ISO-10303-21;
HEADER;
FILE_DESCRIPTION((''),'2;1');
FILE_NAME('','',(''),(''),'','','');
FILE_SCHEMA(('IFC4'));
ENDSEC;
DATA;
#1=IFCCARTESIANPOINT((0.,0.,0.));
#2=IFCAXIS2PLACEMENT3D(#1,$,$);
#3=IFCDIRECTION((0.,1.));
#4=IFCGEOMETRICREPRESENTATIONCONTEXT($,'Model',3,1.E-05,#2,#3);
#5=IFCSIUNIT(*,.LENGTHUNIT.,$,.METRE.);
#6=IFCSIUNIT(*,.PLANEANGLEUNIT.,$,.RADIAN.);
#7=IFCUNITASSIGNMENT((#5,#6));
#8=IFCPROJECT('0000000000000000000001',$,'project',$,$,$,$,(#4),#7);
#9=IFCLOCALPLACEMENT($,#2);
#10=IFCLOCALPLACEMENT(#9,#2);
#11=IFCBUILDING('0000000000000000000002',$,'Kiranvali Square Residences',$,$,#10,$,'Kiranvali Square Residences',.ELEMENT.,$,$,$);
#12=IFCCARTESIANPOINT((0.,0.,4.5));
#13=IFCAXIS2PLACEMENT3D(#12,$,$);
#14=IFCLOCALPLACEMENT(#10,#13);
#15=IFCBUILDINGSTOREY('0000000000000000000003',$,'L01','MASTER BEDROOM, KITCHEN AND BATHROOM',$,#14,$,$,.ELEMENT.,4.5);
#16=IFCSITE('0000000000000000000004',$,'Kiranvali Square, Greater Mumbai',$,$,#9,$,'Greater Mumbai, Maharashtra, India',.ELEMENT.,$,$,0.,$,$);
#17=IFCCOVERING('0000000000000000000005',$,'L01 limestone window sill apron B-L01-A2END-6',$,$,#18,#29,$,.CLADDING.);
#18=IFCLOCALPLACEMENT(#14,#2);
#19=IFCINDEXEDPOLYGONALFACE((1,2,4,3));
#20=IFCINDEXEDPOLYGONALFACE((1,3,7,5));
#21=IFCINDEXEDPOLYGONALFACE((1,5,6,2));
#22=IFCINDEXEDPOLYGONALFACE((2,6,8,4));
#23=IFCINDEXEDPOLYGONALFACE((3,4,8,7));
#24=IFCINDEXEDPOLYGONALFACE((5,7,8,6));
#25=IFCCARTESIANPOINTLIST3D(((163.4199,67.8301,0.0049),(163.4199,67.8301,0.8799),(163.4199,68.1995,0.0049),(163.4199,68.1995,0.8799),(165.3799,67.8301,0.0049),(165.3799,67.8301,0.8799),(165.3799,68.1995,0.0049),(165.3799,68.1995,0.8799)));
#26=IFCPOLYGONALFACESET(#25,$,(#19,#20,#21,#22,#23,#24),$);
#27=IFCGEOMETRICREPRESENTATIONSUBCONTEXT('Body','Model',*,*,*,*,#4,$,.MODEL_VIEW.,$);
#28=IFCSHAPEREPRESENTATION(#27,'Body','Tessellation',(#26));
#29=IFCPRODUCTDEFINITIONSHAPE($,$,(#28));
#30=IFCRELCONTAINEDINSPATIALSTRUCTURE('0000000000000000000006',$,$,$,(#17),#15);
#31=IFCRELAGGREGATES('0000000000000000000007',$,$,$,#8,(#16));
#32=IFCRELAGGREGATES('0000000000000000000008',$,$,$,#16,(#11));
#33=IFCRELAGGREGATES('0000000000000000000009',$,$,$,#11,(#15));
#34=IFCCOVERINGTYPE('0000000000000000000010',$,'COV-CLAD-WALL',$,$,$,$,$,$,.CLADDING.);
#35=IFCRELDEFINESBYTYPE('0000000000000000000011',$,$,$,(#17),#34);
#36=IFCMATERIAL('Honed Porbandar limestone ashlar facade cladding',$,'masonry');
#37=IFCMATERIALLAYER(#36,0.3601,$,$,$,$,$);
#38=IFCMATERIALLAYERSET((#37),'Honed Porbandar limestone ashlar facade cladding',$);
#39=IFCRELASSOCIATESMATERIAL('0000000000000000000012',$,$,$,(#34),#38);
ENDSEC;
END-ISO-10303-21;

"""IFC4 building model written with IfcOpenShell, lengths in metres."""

from ifc_helpers import new_model, si_unit, direction, frame, origin, place, context, subcontext, project, spatial, polyline, outline, extrude, material, layer, layer_set, type_object, element, save


model = new_model("IFC4")

# Units and contexts
model_context = context("Model", 3, precision=1e-05, world=origin(), true_north=direction((0.0, 1.0)))
body_context = subcontext(model_context, "Body", "Model", "MODEL_VIEW")
ifc_project = project(units=[si_unit("LENGTHUNIT", "METRE"), si_unit("PLANEANGLEUNIT", "RADIAN")], contexts=[model_context])

# Site, building, storey
site_placement = place(None, origin())
site = spatial("IfcSite", under=ifc_project, at=site_placement, Name="Kiranvali Square, Greater Mumbai", LongName="Greater Mumbai, Maharashtra, India", CompositionType="ELEMENT", RefElevation=0.0)
building_placement = place(site_placement, origin())
building = spatial("IfcBuilding", under=site, at=building_placement, Name="Kiranvali Square Residences", LongName="Kiranvali Square Residences", CompositionType="ELEMENT")
storey_placement = place(building_placement, frame((0.0, 0.0, 4.5)))
storey = spatial("IfcBuildingStorey", under=building, at=storey_placement, Name="L01", Description="MASTER BEDROOM, KITCHEN AND BATHROOM", CompositionType="ELEMENT", Elevation=4.5)

# Covering
ifc_material_1 = material(Name="Honed Porbandar limestone ashlar facade cladding", Category="masonry")
ifc_layer_1 = layer(ifc_material_1, 0.3601)
ifc_layer_set_1 = layer_set([ifc_layer_1], Name="Honed Porbandar limestone ashlar facade cladding")
covering_type_1 = type_object("IfcCoveringType", Name="COV-CLAD-WALL", PredefinedType="CLADDING", material=ifc_layer_set_1)
covering_1_placement = place(storey_placement, frame((0.0, 0.0, 0.0049)))
element("IfcCovering", 1, at=covering_1_placement, inside=storey, type_object=covering_type_1, Name="L01 limestone window sill apron B-L01-A2END-6", PredefinedType="CLADDING", context=body_context, shape_type="SweptSolid", body=[
    extrude(outline(polyline([(163.4199, 67.8301), (165.3799, 67.8301), (165.3799, 68.1995), (163.4199, 68.1995), (163.4199, 67.8301)])), origin(), (0.0, 0.0, 1.0), 0.875),
])

save(model, "model.ifc")
